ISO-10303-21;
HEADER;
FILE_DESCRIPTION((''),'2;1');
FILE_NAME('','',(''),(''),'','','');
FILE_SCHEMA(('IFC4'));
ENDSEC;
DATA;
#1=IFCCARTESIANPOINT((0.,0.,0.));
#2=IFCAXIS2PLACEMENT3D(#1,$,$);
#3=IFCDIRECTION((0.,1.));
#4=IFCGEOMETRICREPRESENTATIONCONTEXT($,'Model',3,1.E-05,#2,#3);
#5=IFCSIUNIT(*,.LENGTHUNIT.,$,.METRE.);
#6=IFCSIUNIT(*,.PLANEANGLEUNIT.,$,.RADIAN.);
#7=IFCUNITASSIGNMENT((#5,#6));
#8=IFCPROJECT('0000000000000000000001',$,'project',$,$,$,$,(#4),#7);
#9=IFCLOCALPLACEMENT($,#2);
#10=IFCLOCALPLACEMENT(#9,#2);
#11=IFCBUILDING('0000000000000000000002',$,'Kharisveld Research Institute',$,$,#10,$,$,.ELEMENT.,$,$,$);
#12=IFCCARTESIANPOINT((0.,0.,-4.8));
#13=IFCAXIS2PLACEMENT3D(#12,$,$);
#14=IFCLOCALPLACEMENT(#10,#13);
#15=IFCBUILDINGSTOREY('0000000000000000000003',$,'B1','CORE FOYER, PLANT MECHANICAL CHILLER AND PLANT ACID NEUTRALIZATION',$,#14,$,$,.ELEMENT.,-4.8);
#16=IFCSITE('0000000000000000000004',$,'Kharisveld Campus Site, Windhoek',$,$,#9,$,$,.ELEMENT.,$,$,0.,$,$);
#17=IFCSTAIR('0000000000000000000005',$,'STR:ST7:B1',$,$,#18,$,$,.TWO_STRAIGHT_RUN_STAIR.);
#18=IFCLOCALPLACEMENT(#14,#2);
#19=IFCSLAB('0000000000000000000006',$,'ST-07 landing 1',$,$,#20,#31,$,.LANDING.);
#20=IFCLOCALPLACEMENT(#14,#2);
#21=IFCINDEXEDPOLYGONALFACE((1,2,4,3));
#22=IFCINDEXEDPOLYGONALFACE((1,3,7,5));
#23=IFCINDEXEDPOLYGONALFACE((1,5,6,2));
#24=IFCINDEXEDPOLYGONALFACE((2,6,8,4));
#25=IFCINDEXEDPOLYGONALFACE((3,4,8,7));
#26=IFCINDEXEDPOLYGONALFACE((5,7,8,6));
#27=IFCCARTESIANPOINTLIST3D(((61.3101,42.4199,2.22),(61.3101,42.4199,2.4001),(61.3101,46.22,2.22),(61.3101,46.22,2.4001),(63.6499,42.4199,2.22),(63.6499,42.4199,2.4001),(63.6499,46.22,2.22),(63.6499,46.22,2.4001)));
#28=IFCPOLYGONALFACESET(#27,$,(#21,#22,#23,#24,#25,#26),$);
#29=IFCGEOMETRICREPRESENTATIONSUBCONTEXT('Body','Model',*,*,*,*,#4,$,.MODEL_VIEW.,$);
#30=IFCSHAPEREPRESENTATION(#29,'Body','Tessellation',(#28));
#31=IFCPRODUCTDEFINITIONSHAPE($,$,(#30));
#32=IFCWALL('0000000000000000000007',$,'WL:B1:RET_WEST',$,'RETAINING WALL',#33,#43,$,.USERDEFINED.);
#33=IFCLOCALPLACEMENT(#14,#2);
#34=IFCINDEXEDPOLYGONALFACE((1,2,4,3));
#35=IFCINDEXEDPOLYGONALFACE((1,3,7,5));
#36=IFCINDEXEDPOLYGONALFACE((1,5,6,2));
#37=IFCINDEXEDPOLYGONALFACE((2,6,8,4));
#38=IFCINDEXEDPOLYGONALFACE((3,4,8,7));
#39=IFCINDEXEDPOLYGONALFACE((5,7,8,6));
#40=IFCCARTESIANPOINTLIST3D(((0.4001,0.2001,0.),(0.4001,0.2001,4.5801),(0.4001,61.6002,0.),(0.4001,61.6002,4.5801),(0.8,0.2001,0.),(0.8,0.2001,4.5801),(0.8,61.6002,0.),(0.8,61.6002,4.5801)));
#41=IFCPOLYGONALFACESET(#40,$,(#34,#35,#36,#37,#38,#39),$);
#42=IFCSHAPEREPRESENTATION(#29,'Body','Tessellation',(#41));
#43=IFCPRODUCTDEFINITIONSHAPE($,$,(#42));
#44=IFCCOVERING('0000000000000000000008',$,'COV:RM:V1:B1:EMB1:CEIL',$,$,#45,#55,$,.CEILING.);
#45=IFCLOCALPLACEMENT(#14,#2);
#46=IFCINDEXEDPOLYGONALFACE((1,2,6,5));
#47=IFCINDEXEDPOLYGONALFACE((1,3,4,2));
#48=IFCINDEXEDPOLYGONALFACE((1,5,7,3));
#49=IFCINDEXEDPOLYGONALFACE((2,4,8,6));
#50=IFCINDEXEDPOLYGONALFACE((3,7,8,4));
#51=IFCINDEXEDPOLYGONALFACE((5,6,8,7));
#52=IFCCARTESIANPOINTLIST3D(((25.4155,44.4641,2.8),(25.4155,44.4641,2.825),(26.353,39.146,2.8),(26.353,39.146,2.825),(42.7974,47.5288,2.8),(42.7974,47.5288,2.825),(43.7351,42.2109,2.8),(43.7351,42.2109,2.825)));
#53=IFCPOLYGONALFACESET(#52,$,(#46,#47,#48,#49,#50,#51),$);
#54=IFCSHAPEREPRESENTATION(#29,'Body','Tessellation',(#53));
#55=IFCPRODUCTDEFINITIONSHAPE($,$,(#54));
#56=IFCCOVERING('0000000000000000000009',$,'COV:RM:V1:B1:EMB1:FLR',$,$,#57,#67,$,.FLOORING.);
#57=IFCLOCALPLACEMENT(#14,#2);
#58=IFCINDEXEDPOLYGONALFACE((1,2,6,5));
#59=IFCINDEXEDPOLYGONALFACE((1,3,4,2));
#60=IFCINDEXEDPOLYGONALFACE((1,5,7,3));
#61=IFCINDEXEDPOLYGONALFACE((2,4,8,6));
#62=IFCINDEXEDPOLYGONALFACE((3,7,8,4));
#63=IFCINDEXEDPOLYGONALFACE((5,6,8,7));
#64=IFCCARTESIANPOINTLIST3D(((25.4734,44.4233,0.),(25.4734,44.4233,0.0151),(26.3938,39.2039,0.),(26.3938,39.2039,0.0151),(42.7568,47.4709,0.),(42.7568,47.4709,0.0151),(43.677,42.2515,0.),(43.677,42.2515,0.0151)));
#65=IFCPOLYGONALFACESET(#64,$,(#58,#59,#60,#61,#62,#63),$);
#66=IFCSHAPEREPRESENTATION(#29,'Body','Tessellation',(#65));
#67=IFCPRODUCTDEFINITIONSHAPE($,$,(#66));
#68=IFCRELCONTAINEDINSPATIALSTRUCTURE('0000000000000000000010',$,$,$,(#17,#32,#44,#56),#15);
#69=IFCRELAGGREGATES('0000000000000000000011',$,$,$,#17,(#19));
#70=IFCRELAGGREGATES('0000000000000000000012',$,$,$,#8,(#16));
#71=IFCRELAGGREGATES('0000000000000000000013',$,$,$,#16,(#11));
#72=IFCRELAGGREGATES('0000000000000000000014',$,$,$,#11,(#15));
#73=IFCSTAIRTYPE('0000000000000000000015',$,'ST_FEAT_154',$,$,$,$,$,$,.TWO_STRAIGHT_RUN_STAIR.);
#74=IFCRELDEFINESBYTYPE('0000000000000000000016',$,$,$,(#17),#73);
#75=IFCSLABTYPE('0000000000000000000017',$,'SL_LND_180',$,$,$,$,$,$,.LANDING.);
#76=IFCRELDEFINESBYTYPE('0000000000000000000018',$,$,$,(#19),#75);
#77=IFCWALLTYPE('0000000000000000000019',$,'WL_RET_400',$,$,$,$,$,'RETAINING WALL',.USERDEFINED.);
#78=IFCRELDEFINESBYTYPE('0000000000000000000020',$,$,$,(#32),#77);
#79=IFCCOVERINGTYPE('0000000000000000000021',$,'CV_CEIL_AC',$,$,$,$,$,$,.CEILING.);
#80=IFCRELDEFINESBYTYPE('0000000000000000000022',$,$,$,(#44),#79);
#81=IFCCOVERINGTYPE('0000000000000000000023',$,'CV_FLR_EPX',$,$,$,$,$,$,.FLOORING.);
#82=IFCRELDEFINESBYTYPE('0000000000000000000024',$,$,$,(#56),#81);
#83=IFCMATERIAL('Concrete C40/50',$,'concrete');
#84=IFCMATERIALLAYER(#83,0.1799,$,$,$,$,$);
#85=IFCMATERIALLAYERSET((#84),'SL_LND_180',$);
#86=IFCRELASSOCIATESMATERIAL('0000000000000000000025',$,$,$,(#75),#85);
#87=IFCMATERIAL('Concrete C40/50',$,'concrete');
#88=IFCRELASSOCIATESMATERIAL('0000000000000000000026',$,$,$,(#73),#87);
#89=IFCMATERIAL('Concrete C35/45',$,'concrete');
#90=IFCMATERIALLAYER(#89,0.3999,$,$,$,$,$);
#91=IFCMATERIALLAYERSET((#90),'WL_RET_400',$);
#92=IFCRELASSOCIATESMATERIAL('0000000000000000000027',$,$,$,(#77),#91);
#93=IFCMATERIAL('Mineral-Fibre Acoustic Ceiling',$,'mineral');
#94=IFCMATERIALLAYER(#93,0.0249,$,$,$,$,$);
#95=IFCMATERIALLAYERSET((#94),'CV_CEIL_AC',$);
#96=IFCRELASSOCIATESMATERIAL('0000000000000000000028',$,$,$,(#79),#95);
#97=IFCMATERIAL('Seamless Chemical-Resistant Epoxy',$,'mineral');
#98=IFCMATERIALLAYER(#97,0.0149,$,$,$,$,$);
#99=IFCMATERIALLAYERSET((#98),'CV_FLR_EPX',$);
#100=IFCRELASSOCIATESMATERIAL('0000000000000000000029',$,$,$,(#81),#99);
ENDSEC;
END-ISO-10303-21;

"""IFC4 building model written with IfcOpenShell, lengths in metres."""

from ifc_helpers import new_model, si_unit, direction, frame, frame_2d, origin, place, context, subcontext, project, spatial, polyline, rectangle, outline, extrude, material, layer, layer_set, type_object, element, aggregate, save


model = new_model("IFC4")

# Units and contexts
model_context = context("Model", 3, precision=1e-05, world=origin(), true_north=direction((0.0, 1.0)))
body_context = subcontext(model_context, "Body", "Model", "MODEL_VIEW")
ifc_project = project(units=[si_unit("LENGTHUNIT", "METRE"), si_unit("PLANEANGLEUNIT", "RADIAN")], contexts=[model_context])

# Site, building, storey
site_placement = place(None, origin())
site = spatial("IfcSite", under=ifc_project, at=site_placement, Name="Kharisveld Campus Site, Windhoek", CompositionType="ELEMENT", RefElevation=0.0)
building_placement = place(site_placement, origin())
building = spatial("IfcBuilding", under=site, at=building_placement, Name="Kharisveld Research Institute", CompositionType="ELEMENT")
storey_placement = place(building_placement, frame((0.0, 0.0, -4.8)))
storey = spatial("IfcBuildingStorey", under=building, at=storey_placement, Name="B1", Description="CORE FOYER, PLANT MECHANICAL CHILLER AND PLANT ACID NEUTRALIZATION", CompositionType="ELEMENT", Elevation=-4.8)

# Shared definitions
ifc_material_1 = material(Name="Concrete C40/50", Category="concrete")
ifc_layer_1 = layer(ifc_material_1, 0.1799)
ifc_layer_set_1 = layer_set([ifc_layer_1], Name="SL_LND_180")
slab_type_1 = type_object("IfcSlabType", Name="SL_LND_180", PredefinedType="LANDING", material=ifc_layer_set_1)

# Stair, slab
ifc_material_2 = material(Name="Concrete C40/50", Category="concrete")
stair_type_1 = type_object("IfcStairType", Name="ST_FEAT_154", PredefinedType="TWO_STRAIGHT_RUN_STAIR", material=ifc_material_2)
stair_1_placement = place(storey_placement, origin())
stair_1 = element("IfcStair", 1, at=stair_1_placement, inside=storey, type_object=stair_type_1, Name="STR:ST7:B1", PredefinedType="TWO_STRAIGHT_RUN_STAIR")
slab_1_placement = place(storey_placement, frame((0.0, 0.0, 2.22)))
slab_1 = element("IfcSlab", 2, at=slab_1_placement, type_object=slab_type_1, Name="ST-07 landing 1", PredefinedType="LANDING", context=body_context, shape_type="SweptSolid", body=[
    extrude(outline(polyline([(61.3101, 42.4199), (63.6499, 42.4199), (63.6499, 46.22), (61.3101, 46.22), (61.3101, 42.4199)])), origin(), (0.0, 0.0, 1.0), 0.1802),
])
aggregate(stair_1, [slab_1])

# Wall
ifc_material_3 = material(Name="Concrete C35/45", Category="concrete")
ifc_layer_2 = layer(ifc_material_3, 0.3999)
ifc_layer_set_2 = layer_set([ifc_layer_2], Name="WL_RET_400")
wall_type = type_object("IfcWallType", Name="WL_RET_400", ElementType="RETAINING WALL", PredefinedType="USERDEFINED", material=ifc_layer_set_2)
wall_placement = place(storey_placement, frame((0.6001, 0.2, 0.0), z_axis=(0.0, 0.0, 1.0), x_axis=(0.0, 1.0, 0.0)))
element("IfcWall", 3, at=wall_placement, inside=storey, type_object=wall_type, Name="WL:B1:RET_WEST", ObjectType="RETAINING WALL", PredefinedType="USERDEFINED", context=body_context, shape_type="SweptSolid", body=[
    extrude(rectangle(XDim=61.4001, YDim=0.3999, at=frame_2d((30.7002, 0.0))), origin(), (0.0, 0.0, 1.0), 4.5801),
])

# Coverings
ifc_material_4 = material(Name="Mineral-Fibre Acoustic Ceiling", Category="mineral")
ifc_layer_3 = layer(ifc_material_4, 0.0249)
ifc_layer_set_3 = layer_set([ifc_layer_3], Name="CV_CEIL_AC")
covering_type_1 = type_object("IfcCoveringType", Name="CV_CEIL_AC", PredefinedType="CEILING", material=ifc_layer_set_3)
covering_1_placement = place(storey_placement, frame((0.0, 0.0, 2.8)))
element("IfcCovering", 4, at=covering_1_placement, inside=storey, type_object=covering_type_1, Name="COV:RM:V1:B1:EMB1:CEIL", PredefinedType="CEILING", context=body_context, shape_type="SweptSolid", body=[
    extrude(outline(polyline([(26.353, 39.146), (43.7351, 42.2109), (42.7974, 47.5288), (25.4155, 44.4641), (26.353, 39.146)])), origin(), (0.0, 0.0, 1.0), 0.0249),
])
ifc_material_5 = material(Name="Seamless Chemical-Resistant Epoxy", Category="mineral")
ifc_layer_4 = layer(ifc_material_5, 0.0149)
ifc_layer_set_4 = layer_set([ifc_layer_4], Name="CV_FLR_EPX")
covering_type_2 = type_object("IfcCoveringType", Name="CV_FLR_EPX", PredefinedType="FLOORING", material=ifc_layer_set_4)
covering_2_placement = place(storey_placement, origin())
element("IfcCovering", 5, at=covering_2_placement, inside=storey, type_object=covering_type_2, Name="COV:RM:V1:B1:EMB1:FLR", PredefinedType="FLOORING", context=body_context, shape_type="SweptSolid", body=[
    extrude(outline(polyline([(26.3938, 39.2039), (43.677, 42.2515), (42.7568, 47.4709), (25.4734, 44.4233), (26.3938, 39.2039)])), origin(), (0.0, 0.0, 1.0), 0.0151),
])

save(model, "model.ifc")
